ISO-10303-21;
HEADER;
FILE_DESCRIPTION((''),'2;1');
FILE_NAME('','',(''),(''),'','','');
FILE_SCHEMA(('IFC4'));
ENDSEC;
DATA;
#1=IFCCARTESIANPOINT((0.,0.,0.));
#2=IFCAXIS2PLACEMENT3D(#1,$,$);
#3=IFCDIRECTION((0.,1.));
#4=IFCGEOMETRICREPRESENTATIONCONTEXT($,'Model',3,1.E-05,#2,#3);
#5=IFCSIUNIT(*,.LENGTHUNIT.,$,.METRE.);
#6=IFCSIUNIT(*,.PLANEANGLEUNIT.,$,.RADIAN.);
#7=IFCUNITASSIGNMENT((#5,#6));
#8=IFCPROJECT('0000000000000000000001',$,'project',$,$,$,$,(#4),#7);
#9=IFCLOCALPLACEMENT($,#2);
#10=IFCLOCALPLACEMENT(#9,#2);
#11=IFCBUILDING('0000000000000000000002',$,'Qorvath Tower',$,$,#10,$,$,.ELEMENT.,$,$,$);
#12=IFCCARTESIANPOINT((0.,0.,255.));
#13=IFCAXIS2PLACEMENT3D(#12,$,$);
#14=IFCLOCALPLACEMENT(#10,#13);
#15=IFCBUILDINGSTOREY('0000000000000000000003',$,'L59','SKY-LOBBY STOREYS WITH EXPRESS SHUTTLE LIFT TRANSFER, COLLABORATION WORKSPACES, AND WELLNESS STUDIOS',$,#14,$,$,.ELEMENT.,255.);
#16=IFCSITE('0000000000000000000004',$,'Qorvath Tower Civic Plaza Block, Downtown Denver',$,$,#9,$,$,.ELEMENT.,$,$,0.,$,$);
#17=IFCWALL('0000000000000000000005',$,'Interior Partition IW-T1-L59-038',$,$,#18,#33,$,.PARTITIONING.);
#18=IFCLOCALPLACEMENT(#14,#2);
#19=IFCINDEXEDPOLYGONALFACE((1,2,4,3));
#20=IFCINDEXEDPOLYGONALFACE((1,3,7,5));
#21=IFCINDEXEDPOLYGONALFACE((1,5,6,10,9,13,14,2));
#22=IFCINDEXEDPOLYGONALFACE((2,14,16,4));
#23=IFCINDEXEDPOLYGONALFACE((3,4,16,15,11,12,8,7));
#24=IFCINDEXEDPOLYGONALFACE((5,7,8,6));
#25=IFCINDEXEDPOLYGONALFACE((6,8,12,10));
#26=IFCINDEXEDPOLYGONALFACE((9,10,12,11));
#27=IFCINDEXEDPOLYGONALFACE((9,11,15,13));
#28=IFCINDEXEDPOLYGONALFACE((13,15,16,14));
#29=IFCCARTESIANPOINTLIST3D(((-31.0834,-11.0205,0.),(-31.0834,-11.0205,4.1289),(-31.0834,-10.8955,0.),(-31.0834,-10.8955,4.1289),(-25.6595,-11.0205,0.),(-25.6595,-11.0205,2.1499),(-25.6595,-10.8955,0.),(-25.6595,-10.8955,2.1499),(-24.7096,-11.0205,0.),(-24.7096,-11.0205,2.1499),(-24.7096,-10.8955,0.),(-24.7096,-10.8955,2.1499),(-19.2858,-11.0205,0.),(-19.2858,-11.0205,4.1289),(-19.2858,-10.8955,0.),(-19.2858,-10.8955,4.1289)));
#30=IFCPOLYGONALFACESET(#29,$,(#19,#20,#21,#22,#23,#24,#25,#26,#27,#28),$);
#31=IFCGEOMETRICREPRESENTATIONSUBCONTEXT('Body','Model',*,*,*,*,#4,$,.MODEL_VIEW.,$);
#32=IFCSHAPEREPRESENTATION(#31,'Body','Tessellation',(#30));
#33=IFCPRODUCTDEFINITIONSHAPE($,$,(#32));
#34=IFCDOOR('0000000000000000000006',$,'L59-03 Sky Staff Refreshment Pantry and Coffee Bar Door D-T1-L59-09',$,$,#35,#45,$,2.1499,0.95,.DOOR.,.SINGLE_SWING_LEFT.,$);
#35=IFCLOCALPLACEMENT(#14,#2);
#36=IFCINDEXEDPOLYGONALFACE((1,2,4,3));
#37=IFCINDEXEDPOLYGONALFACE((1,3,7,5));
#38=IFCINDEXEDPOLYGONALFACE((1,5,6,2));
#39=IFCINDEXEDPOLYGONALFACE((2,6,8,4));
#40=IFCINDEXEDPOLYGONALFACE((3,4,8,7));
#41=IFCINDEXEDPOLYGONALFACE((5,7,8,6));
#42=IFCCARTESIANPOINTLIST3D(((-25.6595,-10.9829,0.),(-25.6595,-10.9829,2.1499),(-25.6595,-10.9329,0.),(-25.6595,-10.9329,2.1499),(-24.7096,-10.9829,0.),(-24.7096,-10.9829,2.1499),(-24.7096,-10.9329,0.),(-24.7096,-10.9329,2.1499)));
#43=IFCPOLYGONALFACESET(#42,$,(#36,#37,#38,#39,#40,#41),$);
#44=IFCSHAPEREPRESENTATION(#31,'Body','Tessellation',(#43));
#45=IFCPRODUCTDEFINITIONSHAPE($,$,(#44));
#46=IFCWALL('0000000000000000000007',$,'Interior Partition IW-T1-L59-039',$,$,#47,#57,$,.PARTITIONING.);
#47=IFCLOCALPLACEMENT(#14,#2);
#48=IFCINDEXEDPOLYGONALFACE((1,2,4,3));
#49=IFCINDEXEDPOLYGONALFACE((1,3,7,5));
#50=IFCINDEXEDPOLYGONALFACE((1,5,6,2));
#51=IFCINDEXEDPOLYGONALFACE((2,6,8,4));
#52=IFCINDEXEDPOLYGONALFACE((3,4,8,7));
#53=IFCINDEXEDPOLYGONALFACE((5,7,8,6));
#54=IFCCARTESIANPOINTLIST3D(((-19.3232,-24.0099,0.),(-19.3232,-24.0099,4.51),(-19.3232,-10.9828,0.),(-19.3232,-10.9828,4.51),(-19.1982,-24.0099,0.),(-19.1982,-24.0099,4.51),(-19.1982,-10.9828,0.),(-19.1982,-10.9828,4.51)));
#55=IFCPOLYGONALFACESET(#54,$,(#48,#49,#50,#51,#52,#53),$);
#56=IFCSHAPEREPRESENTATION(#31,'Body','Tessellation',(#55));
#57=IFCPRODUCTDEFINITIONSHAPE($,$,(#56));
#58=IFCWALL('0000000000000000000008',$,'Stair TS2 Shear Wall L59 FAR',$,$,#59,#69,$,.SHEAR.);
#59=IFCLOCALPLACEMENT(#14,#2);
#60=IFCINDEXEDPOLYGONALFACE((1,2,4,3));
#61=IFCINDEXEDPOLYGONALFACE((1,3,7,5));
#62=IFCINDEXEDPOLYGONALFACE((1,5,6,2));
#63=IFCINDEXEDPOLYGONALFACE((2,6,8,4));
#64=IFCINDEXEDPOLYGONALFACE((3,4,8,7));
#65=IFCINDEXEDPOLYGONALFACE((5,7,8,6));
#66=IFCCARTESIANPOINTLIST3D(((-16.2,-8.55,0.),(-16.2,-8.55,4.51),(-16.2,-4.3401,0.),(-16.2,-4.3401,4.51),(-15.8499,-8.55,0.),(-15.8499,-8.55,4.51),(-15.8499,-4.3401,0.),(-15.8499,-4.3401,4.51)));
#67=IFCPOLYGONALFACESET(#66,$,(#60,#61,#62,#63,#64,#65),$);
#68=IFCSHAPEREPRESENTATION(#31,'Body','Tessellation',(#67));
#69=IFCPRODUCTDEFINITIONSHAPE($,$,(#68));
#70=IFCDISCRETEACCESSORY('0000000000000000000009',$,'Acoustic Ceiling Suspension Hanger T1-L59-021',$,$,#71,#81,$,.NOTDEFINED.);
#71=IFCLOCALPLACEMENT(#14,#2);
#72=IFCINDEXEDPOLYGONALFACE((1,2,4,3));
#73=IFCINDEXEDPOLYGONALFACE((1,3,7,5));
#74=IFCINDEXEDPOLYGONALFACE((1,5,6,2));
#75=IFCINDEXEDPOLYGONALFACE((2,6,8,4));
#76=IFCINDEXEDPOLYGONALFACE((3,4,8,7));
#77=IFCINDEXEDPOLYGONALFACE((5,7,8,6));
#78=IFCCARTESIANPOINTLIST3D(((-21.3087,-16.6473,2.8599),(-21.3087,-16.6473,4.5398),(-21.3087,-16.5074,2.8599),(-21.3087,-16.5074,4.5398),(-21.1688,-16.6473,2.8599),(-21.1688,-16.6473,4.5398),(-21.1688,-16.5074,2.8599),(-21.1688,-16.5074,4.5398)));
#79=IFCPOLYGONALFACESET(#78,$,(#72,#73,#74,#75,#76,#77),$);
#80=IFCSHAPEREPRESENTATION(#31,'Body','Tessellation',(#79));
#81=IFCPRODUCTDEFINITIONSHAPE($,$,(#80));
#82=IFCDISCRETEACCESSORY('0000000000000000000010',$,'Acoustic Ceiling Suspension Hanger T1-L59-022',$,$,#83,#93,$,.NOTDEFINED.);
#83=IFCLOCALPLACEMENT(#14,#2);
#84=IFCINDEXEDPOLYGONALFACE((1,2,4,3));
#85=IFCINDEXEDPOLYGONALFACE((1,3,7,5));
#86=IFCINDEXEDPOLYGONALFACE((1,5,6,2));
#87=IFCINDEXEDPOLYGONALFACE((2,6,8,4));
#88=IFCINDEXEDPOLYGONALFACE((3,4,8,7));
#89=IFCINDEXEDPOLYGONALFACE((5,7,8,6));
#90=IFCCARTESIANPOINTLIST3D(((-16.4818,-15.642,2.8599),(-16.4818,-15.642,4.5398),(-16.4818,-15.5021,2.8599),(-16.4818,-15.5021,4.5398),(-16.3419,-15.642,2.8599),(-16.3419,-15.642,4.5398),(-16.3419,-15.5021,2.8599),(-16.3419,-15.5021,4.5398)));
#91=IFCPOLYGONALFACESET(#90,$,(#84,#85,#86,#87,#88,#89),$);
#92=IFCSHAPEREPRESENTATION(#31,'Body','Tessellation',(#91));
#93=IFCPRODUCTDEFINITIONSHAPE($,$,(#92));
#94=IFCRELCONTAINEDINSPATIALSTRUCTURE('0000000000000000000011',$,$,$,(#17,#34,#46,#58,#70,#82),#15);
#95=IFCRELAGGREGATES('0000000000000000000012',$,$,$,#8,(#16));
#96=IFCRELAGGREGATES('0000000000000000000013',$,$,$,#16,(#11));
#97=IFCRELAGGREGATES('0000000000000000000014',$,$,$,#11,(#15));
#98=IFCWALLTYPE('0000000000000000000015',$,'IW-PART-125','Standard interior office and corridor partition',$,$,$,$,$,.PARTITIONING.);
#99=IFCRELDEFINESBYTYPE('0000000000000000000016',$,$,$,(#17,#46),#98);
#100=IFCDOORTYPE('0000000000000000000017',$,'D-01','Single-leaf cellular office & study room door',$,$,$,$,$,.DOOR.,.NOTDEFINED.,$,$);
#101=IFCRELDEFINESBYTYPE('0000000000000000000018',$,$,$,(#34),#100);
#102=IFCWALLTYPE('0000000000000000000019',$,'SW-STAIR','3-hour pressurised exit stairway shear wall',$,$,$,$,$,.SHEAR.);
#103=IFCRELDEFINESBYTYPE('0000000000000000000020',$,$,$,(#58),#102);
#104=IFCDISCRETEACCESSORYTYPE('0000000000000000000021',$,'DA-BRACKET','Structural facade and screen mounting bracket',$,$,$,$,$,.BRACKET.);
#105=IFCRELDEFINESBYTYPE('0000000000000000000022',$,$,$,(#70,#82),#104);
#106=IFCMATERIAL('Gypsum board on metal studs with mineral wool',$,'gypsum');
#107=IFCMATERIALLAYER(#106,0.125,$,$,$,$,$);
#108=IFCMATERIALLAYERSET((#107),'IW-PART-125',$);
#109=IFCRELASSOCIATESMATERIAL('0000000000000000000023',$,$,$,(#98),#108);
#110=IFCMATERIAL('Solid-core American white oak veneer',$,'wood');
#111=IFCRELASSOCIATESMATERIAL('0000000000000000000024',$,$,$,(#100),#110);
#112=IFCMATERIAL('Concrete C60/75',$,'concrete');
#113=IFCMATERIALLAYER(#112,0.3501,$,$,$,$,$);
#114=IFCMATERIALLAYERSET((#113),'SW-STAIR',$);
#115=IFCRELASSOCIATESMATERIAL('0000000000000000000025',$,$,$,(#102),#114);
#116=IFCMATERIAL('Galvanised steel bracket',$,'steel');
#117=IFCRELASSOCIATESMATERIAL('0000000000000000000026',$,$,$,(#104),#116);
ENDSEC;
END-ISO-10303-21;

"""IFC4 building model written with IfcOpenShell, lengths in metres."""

from ifc_helpers import new_model, si_unit, direction, frame, frame_2d, origin, origin_2d, place, context, subcontext, project, spatial, rectangle, extrude, material, layer, layer_set, type_object, element, fill, save


model = new_model("IFC4")

# Units and contexts
model_context = context("Model", 3, precision=1e-05, world=origin(), true_north=direction((0.0, 1.0)))
body_context = subcontext(model_context, "Body", "Model", "MODEL_VIEW")
ifc_project = project(units=[si_unit("LENGTHUNIT", "METRE"), si_unit("PLANEANGLEUNIT", "RADIAN")], contexts=[model_context])

# Site, building, storey
site_placement = place(None, origin())
site = spatial("IfcSite", under=ifc_project, at=site_placement, Name="Qorvath Tower Civic Plaza Block, Downtown Denver", CompositionType="ELEMENT", RefElevation=0.0)
building_placement = place(site_placement, origin())
building = spatial("IfcBuilding", under=site, at=building_placement, Name="Qorvath Tower", CompositionType="ELEMENT")
storey_placement = place(building_placement, frame((0.0, 0.0, 255.0)))
storey = spatial("IfcBuildingStorey", under=building, at=storey_placement, Name="L59", Description="SKY-LOBBY STOREYS WITH EXPRESS SHUTTLE LIFT TRANSFER, COLLABORATION WORKSPACES, AND WELLNESS STUDIOS", CompositionType="ELEMENT", Elevation=255.0)

# Wall, opening, door
ifc_material_1 = material(Name="Gypsum board on metal studs with mineral wool", Category="gypsum")
ifc_layer_1 = layer(ifc_material_1, 0.125)
ifc_layer_set_1 = layer_set([ifc_layer_1], Name="IW-PART-125")
wall_type_1 = type_object("IfcWallType", Name="IW-PART-125", Description="Standard interior office and corridor partition", PredefinedType="PARTITIONING", material=ifc_layer_set_1)
wall_1_placement = place(storey_placement, frame((-19.2856, -10.958, 0.0), z_axis=(0.0, 0.0, 1.0), x_axis=(-1.0, 0.0, 0.0)))
wall_1 = element("IfcWall", 1, at=wall_1_placement, inside=storey, type_object=wall_type_1, Name="Interior Partition IW-T1-L59-038", PredefinedType="PARTITIONING", context=body_context, shape_type="SweptSolid", body=[
    extrude(rectangle(XDim=11.7976, YDim=0.125, at=frame_2d((5.8989, 0.0))), origin(), (0.0, 0.0, 1.0), 4.1289),
])
opening_placement = place(wall_1_placement, frame((5.4238, 0.0, 0.0)))
opening = element("IfcOpeningElement", 2, at=opening_placement, cuts=wall_1, PredefinedType="OPENING", context=body_context, shape_type="SweptSolid", body=[
    extrude(rectangle(XDim=0.95, YDim=2.1499, at=frame_2d((0.4751, 1.075))), frame((0.0, 0.0725, 0.0), z_axis=(0.0, -1.0, 0.0), x_axis=(1.0, 0.0, 0.0)), (0.0, 0.0, 1.0), 0.145),
])
ifc_material_2 = material(Name="Solid-core American white oak veneer", Category="wood")
door_type = type_object("IfcDoorType", Name="D-01", Description="Single-leaf cellular office & study room door", OperationType="NOTDEFINED", PredefinedType="DOOR", material=ifc_material_2)
door_placement = place(opening_placement, origin())
door = element("IfcDoor", 3, at=door_placement, inside=storey, type_object=door_type, Name="L59-03 Sky Staff Refreshment Pantry and Coffee Bar Door D-T1-L59-09", OperationType="SINGLE_SWING_LEFT", OverallHeight=2.1499, OverallWidth=0.95, PredefinedType="DOOR", context=body_context, shape_type="SweptSolid", body=[
    extrude(rectangle(XDim=0.95, YDim=2.1499, at=frame_2d((0.4751, 1.075))), frame((0.0, 0.0249, 0.0), z_axis=(0.0, -1.0, 0.0), x_axis=(1.0, 0.0, 0.0)), (0.0, 0.0, 1.0), 0.05),
])
fill(opening, door)

# Walls
wall_2_placement = place(storey_placement, frame((-19.2607, -24.01, 0.0), z_axis=(0.0, 0.0, 1.0), x_axis=(0.0, 1.0, 0.0)))
element("IfcWall", 4, at=wall_2_placement, inside=storey, type_object=wall_type_1, Name="Interior Partition IW-T1-L59-039", PredefinedType="PARTITIONING", context=body_context, shape_type="SweptSolid", body=[
    extrude(rectangle(XDim=13.0271, YDim=0.125, at=frame_2d((6.5137, 0.0))), origin(), (0.0, 0.0, 1.0), 4.51),
])
ifc_material_3 = material(Name="Concrete C60/75", Category="concrete")
ifc_layer_2 = layer(ifc_material_3, 0.3501)
ifc_layer_set_2 = layer_set([ifc_layer_2], Name="SW-STAIR")
wall_type_2 = type_object("IfcWallType", Name="SW-STAIR", Description="3-hour pressurised exit stairway shear wall", PredefinedType="SHEAR", material=ifc_layer_set_2)
wall_3_placement = place(storey_placement, frame((-16.0249, -8.55, 0.0), z_axis=(0.0, 0.0, 1.0), x_axis=(0.0, 1.0, 0.0)))
element("IfcWall", 5, at=wall_3_placement, inside=storey, type_object=wall_type_2, Name="Stair TS2 Shear Wall L59 FAR", PredefinedType="SHEAR", context=body_context, shape_type="SweptSolid", body=[
    extrude(rectangle(XDim=4.21, YDim=0.3501, at=frame_2d((2.105, 0.0))), origin(), (0.0, 0.0, 1.0), 4.51),
])

# Discrete accessories
ifc_material_4 = material(Name="Galvanised steel bracket", Category="steel")
discrete_accessory_type = type_object("IfcDiscreteAccessoryType", Name="DA-BRACKET", Description="Structural facade and screen mounting bracket", PredefinedType="BRACKET", material=ifc_material_4)
for number, where, z_axis, x_axis, name in (
    (6, (-21.2388, -16.5774, 2.8599), (0.0, 0.0, 1.0), (1.0, 0.0, 0.0), "Acoustic Ceiling Suspension Hanger T1-L59-021"),
    (7, (-16.4119, -15.572, 2.8599), (0.0, 0.0, 1.0), (1.0, 0.0, 0.0), "Acoustic Ceiling Suspension Hanger T1-L59-022"),
):
    element("IfcDiscreteAccessory", number, at=place(storey_placement, frame(where, z_axis=z_axis, x_axis=x_axis)), inside=storey, type_object=discrete_accessory_type, Name=name, PredefinedType="NOTDEFINED", context=body_context, shape_type="SweptSolid", body=[
        extrude(rectangle(XDim=0.1399, YDim=0.1399, at=origin_2d()), origin(), (0.0, 0.0, 1.0), 1.6799),
    ])

save(model, "model.ifc")
